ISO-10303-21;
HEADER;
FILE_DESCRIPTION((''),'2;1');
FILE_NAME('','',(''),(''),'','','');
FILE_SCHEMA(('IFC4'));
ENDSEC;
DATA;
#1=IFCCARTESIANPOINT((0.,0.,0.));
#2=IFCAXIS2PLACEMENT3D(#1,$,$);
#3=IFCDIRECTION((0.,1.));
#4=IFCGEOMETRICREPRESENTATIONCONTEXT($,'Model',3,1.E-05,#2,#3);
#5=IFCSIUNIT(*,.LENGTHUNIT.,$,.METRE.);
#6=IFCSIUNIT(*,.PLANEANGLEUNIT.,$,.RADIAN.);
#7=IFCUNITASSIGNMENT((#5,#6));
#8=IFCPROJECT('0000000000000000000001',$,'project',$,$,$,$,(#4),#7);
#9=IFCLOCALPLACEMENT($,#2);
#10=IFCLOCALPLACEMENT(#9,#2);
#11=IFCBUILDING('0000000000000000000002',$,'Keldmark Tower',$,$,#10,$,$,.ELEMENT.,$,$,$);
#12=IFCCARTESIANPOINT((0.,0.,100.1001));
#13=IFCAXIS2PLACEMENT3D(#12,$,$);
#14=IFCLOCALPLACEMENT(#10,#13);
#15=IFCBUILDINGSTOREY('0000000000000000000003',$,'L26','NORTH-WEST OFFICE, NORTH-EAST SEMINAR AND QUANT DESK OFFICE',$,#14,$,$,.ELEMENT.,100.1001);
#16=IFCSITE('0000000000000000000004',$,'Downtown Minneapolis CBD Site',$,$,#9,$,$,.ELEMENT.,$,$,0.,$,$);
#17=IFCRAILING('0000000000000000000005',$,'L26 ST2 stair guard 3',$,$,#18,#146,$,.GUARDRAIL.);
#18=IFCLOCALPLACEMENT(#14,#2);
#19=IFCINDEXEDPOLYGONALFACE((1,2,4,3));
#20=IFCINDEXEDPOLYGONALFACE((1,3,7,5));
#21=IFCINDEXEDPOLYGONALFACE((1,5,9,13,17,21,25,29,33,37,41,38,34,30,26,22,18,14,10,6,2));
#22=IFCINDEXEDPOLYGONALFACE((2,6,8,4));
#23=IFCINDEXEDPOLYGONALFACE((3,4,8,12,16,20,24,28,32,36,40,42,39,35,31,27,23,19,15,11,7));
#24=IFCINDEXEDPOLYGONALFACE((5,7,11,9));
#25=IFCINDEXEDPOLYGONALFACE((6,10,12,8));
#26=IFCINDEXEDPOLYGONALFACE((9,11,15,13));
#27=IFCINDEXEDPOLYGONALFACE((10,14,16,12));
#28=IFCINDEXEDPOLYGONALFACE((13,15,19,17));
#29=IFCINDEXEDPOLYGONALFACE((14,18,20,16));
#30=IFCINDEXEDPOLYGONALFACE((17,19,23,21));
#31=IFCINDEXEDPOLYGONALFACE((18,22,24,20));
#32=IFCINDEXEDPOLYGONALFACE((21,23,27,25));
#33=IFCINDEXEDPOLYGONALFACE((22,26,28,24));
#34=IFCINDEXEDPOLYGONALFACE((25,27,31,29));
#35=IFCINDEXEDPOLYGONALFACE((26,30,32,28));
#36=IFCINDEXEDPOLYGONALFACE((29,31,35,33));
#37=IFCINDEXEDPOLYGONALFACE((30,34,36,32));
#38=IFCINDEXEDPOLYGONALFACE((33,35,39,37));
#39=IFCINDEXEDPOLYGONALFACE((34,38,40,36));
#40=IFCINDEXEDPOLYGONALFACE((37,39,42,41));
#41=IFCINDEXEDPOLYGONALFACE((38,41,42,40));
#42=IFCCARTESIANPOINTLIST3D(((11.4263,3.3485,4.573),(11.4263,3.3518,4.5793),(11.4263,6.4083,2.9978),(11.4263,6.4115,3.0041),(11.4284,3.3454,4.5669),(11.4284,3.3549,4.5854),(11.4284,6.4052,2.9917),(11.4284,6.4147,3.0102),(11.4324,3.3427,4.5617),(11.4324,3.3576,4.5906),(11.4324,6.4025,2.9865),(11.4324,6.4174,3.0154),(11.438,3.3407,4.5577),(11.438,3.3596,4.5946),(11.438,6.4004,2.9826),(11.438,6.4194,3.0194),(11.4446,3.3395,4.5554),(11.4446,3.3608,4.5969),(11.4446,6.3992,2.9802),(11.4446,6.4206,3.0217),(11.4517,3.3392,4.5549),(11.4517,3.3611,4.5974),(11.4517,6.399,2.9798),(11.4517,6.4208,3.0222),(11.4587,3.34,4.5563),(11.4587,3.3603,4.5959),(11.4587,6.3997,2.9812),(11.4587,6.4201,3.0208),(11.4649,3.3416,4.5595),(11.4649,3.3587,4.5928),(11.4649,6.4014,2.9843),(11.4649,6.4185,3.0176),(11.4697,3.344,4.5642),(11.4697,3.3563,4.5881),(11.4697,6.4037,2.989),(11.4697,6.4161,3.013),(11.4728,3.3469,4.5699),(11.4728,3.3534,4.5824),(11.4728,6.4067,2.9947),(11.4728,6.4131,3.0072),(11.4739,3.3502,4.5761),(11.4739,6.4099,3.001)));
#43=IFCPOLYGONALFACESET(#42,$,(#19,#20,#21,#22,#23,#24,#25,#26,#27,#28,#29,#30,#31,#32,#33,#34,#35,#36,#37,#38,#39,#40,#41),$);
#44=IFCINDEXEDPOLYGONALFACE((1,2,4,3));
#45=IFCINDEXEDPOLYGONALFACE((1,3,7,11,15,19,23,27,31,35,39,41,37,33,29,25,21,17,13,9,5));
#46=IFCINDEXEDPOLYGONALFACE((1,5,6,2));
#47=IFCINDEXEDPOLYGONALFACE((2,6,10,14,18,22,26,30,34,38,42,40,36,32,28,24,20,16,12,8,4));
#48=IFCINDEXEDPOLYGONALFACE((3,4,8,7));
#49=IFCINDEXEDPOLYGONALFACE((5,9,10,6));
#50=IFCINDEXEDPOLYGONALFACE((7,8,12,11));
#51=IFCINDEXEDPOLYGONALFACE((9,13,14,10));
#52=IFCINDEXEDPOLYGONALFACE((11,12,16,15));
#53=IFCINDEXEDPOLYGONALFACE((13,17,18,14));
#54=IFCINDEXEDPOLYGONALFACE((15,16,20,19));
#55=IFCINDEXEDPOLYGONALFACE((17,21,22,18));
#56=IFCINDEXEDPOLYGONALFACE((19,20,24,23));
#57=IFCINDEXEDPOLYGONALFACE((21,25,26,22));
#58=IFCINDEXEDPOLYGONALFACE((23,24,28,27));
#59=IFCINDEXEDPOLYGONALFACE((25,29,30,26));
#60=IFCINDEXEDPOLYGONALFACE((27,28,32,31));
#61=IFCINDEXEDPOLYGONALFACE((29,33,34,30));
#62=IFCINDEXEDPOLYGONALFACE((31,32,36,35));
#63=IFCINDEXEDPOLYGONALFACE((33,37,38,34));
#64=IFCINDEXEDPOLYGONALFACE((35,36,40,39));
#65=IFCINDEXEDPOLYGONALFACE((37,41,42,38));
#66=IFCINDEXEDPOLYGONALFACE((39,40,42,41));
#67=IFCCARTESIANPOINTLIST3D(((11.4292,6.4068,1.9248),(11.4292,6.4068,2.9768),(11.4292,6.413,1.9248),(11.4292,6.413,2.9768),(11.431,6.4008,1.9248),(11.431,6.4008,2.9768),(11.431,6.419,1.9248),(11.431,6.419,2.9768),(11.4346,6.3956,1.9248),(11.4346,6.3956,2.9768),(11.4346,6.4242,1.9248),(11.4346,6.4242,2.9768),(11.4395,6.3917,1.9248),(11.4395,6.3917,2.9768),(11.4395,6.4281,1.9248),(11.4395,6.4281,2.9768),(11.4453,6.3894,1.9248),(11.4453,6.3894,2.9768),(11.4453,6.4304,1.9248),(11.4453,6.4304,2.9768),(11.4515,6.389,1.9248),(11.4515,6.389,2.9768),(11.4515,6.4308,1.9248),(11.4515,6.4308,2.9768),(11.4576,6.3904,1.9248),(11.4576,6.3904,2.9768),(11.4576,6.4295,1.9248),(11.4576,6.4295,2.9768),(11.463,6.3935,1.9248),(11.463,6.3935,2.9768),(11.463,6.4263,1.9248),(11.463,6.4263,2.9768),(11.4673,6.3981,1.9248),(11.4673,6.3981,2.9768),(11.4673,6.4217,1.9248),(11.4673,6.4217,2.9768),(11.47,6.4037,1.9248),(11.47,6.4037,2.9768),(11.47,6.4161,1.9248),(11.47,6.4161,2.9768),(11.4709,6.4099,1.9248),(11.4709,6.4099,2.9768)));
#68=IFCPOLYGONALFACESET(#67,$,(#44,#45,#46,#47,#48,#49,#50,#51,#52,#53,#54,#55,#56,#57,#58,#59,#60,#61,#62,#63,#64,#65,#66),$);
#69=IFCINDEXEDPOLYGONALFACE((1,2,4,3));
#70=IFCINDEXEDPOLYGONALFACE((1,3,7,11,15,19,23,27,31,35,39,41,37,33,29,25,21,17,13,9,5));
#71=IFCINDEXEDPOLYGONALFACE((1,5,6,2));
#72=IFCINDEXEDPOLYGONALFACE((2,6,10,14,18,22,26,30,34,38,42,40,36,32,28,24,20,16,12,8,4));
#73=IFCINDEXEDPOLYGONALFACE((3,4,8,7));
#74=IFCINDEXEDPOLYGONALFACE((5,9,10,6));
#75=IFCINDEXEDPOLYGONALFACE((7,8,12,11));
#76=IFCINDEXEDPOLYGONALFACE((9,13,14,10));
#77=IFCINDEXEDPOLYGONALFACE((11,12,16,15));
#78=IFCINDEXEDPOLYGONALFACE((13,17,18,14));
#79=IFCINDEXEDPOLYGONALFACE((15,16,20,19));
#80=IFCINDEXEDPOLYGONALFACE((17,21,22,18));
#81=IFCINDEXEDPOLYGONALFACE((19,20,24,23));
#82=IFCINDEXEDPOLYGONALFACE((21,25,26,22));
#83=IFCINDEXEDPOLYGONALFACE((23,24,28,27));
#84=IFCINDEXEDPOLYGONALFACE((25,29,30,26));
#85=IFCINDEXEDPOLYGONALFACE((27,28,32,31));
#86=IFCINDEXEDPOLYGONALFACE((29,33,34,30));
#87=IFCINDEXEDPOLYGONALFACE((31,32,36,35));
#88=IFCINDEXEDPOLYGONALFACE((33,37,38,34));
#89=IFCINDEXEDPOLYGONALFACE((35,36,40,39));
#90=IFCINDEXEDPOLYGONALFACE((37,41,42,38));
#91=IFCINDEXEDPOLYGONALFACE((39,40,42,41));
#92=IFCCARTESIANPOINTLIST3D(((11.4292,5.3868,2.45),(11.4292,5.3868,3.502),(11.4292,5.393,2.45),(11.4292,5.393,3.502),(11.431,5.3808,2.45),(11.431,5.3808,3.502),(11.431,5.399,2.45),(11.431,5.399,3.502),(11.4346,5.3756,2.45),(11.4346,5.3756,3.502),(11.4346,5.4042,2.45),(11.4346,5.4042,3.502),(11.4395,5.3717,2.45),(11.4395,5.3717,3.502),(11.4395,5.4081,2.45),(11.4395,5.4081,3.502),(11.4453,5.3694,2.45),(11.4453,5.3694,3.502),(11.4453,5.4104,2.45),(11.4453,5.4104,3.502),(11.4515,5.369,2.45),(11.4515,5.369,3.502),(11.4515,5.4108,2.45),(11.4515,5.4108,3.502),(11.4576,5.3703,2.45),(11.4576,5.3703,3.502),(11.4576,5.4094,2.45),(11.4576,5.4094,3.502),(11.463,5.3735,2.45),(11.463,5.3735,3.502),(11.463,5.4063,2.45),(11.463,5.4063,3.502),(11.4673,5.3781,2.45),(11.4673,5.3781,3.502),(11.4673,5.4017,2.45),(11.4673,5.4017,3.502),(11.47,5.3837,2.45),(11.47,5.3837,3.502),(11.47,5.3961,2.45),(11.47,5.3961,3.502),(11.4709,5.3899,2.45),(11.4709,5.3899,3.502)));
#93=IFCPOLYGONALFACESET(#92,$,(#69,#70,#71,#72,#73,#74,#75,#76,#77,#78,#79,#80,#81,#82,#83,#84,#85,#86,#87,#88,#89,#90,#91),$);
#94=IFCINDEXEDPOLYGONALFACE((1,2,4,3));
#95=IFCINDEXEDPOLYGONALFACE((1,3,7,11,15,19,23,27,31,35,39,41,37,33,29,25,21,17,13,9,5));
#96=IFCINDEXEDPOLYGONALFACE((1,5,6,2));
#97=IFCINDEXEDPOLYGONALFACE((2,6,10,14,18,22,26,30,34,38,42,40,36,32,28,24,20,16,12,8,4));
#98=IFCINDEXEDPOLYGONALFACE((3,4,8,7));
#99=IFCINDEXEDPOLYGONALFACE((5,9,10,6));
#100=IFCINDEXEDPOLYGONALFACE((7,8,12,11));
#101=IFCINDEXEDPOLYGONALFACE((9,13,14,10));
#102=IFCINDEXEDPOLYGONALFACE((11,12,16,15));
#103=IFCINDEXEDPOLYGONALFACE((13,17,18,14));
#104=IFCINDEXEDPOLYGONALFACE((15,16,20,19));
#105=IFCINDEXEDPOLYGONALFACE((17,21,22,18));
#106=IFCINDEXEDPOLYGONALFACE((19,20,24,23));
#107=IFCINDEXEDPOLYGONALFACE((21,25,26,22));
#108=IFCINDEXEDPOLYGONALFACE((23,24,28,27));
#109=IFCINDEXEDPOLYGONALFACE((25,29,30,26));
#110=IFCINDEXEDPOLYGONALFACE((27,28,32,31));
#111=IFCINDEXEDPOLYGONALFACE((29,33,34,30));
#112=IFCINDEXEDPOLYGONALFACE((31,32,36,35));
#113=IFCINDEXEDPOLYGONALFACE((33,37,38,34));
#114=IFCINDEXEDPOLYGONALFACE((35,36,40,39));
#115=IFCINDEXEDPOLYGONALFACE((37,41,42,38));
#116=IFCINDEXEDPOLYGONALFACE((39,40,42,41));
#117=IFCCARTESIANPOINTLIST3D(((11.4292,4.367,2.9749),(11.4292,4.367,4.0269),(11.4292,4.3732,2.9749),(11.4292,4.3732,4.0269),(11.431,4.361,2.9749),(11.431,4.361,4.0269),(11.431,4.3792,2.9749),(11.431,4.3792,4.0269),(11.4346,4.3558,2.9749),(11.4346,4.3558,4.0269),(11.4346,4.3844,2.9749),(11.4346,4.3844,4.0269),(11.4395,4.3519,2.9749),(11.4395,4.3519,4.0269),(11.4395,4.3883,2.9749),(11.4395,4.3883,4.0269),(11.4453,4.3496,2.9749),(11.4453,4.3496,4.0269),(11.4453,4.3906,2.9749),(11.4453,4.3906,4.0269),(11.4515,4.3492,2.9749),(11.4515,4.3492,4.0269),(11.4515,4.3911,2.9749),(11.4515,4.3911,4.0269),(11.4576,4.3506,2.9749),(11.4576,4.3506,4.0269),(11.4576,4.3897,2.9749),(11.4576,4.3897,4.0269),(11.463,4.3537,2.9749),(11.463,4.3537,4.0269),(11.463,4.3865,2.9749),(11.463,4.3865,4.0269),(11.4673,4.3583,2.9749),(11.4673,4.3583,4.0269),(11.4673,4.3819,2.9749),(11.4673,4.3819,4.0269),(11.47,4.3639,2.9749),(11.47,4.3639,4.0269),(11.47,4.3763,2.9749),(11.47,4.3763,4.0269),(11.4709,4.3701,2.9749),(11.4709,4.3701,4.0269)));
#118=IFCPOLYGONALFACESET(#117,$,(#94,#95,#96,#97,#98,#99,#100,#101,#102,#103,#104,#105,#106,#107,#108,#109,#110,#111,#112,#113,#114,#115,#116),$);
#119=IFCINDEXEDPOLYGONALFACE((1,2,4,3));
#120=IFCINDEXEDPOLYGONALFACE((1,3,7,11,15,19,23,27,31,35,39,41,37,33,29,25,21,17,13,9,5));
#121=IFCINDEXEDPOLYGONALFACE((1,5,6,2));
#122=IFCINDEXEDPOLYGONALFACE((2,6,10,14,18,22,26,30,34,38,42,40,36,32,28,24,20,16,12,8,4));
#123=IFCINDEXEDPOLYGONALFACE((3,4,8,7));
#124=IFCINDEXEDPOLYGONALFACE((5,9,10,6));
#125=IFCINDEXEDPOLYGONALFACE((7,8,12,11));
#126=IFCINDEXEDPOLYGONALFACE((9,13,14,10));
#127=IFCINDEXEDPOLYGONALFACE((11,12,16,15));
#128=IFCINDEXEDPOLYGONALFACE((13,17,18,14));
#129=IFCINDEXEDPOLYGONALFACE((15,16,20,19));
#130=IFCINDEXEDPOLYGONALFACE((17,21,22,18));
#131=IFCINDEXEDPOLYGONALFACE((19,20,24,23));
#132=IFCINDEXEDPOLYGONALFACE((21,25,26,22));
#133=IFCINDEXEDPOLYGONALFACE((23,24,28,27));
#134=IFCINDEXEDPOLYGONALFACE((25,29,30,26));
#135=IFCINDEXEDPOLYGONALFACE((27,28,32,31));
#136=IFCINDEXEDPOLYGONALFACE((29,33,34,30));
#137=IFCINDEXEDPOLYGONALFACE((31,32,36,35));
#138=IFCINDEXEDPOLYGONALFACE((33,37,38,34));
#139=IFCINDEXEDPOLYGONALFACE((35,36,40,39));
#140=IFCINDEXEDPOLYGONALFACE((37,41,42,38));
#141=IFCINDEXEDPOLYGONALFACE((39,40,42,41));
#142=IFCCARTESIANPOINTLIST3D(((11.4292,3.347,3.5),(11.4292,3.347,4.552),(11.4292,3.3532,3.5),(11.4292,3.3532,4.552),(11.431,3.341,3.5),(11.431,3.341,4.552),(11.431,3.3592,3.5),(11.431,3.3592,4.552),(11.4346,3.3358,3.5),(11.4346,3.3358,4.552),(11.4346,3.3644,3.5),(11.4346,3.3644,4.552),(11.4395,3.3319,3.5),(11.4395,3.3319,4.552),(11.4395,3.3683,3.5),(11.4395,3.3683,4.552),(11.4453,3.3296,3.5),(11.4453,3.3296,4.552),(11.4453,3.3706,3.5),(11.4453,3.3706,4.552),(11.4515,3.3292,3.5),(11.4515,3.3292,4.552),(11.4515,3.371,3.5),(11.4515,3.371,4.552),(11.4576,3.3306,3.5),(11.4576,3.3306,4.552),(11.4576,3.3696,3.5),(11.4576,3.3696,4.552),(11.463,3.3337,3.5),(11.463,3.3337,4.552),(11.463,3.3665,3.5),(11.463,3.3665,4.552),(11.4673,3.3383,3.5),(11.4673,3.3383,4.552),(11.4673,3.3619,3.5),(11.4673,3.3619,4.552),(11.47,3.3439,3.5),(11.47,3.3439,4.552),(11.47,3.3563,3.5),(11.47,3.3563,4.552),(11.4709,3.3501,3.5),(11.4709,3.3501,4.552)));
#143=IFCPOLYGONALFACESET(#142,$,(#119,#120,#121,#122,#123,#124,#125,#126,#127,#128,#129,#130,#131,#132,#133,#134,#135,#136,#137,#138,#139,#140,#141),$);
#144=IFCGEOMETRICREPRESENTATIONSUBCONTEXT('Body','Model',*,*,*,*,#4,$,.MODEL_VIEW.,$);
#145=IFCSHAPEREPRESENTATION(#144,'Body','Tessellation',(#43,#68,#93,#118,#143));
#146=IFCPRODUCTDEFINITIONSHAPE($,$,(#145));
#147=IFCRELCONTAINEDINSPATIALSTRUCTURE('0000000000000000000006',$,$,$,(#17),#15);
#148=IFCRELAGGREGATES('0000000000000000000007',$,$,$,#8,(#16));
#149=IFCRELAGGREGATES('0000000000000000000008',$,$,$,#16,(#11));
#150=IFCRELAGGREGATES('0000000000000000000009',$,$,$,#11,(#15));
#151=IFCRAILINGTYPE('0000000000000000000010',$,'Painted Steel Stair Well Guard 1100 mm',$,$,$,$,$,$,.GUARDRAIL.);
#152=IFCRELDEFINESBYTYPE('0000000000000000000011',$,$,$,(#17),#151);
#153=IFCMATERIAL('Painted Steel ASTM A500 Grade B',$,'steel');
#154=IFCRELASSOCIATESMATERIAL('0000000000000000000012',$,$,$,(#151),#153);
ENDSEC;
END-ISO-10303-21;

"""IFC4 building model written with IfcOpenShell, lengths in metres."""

from ifc_helpers import new_model, si_unit, direction, frame, origin, origin_2d, place, context, subcontext, project, spatial, circle, extrude, material, type_object, element, save


model = new_model("IFC4")

# Units and contexts
model_context = context("Model", 3, precision=1e-05, world=origin(), true_north=direction((0.0, 1.0)))
body_context = subcontext(model_context, "Body", "Model", "MODEL_VIEW")
ifc_project = project(units=[si_unit("LENGTHUNIT", "METRE"), si_unit("PLANEANGLEUNIT", "RADIAN")], contexts=[model_context])

# Site, building, storey
site_placement = place(None, origin())
site = spatial("IfcSite", under=ifc_project, at=site_placement, Name="Downtown Minneapolis CBD Site", CompositionType="ELEMENT", RefElevation=0.0)
building_placement = place(site_placement, origin())
building = spatial("IfcBuilding", under=site, at=building_placement, Name="Keldmark Tower", CompositionType="ELEMENT")
storey_placement = place(building_placement, frame((0.0, 0.0, 100.1001)))
storey = spatial("IfcBuildingStorey", under=building, at=storey_placement, Name="L26", Description="NORTH-WEST OFFICE, NORTH-EAST SEMINAR AND QUANT DESK OFFICE", CompositionType="ELEMENT", Elevation=100.1001)

# Railing
ifc_material_1 = material(Name="Painted Steel ASTM A500 Grade B", Category="steel")
railing_type_1 = type_object("IfcRailingType", Name="Painted Steel Stair Well Guard 1100 mm", PredefinedType="GUARDRAIL", material=ifc_material_1)
railing_1_placement = place(storey_placement, frame((11.45, 6.4099, 1.9248)))
element("IfcRailing", 1, at=railing_1_placement, inside=storey, type_object=railing_type_1, Name="L26 ST2 stair guard 3", PredefinedType="GUARDRAIL", context=body_context, shape_type="SweptSolid", body=[
    extrude(circle(Radius=0.0239, at=origin_2d()), frame((0.0, 0.0, 1.0762), z_axis=(0.0, -0.889101, 0.45771), x_axis=(1.0, 0.0, 0.0)), (0.0, 0.0, 1.0), 3.4414),
    extrude(circle(Radius=0.021, at=origin_2d()), origin(), (0.0, 0.0, 1.0), 1.052),
    extrude(circle(Radius=0.021, at=origin_2d()), frame((0.0, -1.02, 0.5251)), (0.0, 0.0, 1.0), 1.052),
    extrude(circle(Radius=0.021, at=origin_2d()), frame((0.0, -2.0398, 1.05)), (0.0, 0.0, 1.0), 1.052),
    extrude(circle(Radius=0.021, at=origin_2d()), frame((0.0, -3.0598, 1.5752)), (0.0, 0.0, 1.0), 1.052),
])

save(model, "model.ifc")
